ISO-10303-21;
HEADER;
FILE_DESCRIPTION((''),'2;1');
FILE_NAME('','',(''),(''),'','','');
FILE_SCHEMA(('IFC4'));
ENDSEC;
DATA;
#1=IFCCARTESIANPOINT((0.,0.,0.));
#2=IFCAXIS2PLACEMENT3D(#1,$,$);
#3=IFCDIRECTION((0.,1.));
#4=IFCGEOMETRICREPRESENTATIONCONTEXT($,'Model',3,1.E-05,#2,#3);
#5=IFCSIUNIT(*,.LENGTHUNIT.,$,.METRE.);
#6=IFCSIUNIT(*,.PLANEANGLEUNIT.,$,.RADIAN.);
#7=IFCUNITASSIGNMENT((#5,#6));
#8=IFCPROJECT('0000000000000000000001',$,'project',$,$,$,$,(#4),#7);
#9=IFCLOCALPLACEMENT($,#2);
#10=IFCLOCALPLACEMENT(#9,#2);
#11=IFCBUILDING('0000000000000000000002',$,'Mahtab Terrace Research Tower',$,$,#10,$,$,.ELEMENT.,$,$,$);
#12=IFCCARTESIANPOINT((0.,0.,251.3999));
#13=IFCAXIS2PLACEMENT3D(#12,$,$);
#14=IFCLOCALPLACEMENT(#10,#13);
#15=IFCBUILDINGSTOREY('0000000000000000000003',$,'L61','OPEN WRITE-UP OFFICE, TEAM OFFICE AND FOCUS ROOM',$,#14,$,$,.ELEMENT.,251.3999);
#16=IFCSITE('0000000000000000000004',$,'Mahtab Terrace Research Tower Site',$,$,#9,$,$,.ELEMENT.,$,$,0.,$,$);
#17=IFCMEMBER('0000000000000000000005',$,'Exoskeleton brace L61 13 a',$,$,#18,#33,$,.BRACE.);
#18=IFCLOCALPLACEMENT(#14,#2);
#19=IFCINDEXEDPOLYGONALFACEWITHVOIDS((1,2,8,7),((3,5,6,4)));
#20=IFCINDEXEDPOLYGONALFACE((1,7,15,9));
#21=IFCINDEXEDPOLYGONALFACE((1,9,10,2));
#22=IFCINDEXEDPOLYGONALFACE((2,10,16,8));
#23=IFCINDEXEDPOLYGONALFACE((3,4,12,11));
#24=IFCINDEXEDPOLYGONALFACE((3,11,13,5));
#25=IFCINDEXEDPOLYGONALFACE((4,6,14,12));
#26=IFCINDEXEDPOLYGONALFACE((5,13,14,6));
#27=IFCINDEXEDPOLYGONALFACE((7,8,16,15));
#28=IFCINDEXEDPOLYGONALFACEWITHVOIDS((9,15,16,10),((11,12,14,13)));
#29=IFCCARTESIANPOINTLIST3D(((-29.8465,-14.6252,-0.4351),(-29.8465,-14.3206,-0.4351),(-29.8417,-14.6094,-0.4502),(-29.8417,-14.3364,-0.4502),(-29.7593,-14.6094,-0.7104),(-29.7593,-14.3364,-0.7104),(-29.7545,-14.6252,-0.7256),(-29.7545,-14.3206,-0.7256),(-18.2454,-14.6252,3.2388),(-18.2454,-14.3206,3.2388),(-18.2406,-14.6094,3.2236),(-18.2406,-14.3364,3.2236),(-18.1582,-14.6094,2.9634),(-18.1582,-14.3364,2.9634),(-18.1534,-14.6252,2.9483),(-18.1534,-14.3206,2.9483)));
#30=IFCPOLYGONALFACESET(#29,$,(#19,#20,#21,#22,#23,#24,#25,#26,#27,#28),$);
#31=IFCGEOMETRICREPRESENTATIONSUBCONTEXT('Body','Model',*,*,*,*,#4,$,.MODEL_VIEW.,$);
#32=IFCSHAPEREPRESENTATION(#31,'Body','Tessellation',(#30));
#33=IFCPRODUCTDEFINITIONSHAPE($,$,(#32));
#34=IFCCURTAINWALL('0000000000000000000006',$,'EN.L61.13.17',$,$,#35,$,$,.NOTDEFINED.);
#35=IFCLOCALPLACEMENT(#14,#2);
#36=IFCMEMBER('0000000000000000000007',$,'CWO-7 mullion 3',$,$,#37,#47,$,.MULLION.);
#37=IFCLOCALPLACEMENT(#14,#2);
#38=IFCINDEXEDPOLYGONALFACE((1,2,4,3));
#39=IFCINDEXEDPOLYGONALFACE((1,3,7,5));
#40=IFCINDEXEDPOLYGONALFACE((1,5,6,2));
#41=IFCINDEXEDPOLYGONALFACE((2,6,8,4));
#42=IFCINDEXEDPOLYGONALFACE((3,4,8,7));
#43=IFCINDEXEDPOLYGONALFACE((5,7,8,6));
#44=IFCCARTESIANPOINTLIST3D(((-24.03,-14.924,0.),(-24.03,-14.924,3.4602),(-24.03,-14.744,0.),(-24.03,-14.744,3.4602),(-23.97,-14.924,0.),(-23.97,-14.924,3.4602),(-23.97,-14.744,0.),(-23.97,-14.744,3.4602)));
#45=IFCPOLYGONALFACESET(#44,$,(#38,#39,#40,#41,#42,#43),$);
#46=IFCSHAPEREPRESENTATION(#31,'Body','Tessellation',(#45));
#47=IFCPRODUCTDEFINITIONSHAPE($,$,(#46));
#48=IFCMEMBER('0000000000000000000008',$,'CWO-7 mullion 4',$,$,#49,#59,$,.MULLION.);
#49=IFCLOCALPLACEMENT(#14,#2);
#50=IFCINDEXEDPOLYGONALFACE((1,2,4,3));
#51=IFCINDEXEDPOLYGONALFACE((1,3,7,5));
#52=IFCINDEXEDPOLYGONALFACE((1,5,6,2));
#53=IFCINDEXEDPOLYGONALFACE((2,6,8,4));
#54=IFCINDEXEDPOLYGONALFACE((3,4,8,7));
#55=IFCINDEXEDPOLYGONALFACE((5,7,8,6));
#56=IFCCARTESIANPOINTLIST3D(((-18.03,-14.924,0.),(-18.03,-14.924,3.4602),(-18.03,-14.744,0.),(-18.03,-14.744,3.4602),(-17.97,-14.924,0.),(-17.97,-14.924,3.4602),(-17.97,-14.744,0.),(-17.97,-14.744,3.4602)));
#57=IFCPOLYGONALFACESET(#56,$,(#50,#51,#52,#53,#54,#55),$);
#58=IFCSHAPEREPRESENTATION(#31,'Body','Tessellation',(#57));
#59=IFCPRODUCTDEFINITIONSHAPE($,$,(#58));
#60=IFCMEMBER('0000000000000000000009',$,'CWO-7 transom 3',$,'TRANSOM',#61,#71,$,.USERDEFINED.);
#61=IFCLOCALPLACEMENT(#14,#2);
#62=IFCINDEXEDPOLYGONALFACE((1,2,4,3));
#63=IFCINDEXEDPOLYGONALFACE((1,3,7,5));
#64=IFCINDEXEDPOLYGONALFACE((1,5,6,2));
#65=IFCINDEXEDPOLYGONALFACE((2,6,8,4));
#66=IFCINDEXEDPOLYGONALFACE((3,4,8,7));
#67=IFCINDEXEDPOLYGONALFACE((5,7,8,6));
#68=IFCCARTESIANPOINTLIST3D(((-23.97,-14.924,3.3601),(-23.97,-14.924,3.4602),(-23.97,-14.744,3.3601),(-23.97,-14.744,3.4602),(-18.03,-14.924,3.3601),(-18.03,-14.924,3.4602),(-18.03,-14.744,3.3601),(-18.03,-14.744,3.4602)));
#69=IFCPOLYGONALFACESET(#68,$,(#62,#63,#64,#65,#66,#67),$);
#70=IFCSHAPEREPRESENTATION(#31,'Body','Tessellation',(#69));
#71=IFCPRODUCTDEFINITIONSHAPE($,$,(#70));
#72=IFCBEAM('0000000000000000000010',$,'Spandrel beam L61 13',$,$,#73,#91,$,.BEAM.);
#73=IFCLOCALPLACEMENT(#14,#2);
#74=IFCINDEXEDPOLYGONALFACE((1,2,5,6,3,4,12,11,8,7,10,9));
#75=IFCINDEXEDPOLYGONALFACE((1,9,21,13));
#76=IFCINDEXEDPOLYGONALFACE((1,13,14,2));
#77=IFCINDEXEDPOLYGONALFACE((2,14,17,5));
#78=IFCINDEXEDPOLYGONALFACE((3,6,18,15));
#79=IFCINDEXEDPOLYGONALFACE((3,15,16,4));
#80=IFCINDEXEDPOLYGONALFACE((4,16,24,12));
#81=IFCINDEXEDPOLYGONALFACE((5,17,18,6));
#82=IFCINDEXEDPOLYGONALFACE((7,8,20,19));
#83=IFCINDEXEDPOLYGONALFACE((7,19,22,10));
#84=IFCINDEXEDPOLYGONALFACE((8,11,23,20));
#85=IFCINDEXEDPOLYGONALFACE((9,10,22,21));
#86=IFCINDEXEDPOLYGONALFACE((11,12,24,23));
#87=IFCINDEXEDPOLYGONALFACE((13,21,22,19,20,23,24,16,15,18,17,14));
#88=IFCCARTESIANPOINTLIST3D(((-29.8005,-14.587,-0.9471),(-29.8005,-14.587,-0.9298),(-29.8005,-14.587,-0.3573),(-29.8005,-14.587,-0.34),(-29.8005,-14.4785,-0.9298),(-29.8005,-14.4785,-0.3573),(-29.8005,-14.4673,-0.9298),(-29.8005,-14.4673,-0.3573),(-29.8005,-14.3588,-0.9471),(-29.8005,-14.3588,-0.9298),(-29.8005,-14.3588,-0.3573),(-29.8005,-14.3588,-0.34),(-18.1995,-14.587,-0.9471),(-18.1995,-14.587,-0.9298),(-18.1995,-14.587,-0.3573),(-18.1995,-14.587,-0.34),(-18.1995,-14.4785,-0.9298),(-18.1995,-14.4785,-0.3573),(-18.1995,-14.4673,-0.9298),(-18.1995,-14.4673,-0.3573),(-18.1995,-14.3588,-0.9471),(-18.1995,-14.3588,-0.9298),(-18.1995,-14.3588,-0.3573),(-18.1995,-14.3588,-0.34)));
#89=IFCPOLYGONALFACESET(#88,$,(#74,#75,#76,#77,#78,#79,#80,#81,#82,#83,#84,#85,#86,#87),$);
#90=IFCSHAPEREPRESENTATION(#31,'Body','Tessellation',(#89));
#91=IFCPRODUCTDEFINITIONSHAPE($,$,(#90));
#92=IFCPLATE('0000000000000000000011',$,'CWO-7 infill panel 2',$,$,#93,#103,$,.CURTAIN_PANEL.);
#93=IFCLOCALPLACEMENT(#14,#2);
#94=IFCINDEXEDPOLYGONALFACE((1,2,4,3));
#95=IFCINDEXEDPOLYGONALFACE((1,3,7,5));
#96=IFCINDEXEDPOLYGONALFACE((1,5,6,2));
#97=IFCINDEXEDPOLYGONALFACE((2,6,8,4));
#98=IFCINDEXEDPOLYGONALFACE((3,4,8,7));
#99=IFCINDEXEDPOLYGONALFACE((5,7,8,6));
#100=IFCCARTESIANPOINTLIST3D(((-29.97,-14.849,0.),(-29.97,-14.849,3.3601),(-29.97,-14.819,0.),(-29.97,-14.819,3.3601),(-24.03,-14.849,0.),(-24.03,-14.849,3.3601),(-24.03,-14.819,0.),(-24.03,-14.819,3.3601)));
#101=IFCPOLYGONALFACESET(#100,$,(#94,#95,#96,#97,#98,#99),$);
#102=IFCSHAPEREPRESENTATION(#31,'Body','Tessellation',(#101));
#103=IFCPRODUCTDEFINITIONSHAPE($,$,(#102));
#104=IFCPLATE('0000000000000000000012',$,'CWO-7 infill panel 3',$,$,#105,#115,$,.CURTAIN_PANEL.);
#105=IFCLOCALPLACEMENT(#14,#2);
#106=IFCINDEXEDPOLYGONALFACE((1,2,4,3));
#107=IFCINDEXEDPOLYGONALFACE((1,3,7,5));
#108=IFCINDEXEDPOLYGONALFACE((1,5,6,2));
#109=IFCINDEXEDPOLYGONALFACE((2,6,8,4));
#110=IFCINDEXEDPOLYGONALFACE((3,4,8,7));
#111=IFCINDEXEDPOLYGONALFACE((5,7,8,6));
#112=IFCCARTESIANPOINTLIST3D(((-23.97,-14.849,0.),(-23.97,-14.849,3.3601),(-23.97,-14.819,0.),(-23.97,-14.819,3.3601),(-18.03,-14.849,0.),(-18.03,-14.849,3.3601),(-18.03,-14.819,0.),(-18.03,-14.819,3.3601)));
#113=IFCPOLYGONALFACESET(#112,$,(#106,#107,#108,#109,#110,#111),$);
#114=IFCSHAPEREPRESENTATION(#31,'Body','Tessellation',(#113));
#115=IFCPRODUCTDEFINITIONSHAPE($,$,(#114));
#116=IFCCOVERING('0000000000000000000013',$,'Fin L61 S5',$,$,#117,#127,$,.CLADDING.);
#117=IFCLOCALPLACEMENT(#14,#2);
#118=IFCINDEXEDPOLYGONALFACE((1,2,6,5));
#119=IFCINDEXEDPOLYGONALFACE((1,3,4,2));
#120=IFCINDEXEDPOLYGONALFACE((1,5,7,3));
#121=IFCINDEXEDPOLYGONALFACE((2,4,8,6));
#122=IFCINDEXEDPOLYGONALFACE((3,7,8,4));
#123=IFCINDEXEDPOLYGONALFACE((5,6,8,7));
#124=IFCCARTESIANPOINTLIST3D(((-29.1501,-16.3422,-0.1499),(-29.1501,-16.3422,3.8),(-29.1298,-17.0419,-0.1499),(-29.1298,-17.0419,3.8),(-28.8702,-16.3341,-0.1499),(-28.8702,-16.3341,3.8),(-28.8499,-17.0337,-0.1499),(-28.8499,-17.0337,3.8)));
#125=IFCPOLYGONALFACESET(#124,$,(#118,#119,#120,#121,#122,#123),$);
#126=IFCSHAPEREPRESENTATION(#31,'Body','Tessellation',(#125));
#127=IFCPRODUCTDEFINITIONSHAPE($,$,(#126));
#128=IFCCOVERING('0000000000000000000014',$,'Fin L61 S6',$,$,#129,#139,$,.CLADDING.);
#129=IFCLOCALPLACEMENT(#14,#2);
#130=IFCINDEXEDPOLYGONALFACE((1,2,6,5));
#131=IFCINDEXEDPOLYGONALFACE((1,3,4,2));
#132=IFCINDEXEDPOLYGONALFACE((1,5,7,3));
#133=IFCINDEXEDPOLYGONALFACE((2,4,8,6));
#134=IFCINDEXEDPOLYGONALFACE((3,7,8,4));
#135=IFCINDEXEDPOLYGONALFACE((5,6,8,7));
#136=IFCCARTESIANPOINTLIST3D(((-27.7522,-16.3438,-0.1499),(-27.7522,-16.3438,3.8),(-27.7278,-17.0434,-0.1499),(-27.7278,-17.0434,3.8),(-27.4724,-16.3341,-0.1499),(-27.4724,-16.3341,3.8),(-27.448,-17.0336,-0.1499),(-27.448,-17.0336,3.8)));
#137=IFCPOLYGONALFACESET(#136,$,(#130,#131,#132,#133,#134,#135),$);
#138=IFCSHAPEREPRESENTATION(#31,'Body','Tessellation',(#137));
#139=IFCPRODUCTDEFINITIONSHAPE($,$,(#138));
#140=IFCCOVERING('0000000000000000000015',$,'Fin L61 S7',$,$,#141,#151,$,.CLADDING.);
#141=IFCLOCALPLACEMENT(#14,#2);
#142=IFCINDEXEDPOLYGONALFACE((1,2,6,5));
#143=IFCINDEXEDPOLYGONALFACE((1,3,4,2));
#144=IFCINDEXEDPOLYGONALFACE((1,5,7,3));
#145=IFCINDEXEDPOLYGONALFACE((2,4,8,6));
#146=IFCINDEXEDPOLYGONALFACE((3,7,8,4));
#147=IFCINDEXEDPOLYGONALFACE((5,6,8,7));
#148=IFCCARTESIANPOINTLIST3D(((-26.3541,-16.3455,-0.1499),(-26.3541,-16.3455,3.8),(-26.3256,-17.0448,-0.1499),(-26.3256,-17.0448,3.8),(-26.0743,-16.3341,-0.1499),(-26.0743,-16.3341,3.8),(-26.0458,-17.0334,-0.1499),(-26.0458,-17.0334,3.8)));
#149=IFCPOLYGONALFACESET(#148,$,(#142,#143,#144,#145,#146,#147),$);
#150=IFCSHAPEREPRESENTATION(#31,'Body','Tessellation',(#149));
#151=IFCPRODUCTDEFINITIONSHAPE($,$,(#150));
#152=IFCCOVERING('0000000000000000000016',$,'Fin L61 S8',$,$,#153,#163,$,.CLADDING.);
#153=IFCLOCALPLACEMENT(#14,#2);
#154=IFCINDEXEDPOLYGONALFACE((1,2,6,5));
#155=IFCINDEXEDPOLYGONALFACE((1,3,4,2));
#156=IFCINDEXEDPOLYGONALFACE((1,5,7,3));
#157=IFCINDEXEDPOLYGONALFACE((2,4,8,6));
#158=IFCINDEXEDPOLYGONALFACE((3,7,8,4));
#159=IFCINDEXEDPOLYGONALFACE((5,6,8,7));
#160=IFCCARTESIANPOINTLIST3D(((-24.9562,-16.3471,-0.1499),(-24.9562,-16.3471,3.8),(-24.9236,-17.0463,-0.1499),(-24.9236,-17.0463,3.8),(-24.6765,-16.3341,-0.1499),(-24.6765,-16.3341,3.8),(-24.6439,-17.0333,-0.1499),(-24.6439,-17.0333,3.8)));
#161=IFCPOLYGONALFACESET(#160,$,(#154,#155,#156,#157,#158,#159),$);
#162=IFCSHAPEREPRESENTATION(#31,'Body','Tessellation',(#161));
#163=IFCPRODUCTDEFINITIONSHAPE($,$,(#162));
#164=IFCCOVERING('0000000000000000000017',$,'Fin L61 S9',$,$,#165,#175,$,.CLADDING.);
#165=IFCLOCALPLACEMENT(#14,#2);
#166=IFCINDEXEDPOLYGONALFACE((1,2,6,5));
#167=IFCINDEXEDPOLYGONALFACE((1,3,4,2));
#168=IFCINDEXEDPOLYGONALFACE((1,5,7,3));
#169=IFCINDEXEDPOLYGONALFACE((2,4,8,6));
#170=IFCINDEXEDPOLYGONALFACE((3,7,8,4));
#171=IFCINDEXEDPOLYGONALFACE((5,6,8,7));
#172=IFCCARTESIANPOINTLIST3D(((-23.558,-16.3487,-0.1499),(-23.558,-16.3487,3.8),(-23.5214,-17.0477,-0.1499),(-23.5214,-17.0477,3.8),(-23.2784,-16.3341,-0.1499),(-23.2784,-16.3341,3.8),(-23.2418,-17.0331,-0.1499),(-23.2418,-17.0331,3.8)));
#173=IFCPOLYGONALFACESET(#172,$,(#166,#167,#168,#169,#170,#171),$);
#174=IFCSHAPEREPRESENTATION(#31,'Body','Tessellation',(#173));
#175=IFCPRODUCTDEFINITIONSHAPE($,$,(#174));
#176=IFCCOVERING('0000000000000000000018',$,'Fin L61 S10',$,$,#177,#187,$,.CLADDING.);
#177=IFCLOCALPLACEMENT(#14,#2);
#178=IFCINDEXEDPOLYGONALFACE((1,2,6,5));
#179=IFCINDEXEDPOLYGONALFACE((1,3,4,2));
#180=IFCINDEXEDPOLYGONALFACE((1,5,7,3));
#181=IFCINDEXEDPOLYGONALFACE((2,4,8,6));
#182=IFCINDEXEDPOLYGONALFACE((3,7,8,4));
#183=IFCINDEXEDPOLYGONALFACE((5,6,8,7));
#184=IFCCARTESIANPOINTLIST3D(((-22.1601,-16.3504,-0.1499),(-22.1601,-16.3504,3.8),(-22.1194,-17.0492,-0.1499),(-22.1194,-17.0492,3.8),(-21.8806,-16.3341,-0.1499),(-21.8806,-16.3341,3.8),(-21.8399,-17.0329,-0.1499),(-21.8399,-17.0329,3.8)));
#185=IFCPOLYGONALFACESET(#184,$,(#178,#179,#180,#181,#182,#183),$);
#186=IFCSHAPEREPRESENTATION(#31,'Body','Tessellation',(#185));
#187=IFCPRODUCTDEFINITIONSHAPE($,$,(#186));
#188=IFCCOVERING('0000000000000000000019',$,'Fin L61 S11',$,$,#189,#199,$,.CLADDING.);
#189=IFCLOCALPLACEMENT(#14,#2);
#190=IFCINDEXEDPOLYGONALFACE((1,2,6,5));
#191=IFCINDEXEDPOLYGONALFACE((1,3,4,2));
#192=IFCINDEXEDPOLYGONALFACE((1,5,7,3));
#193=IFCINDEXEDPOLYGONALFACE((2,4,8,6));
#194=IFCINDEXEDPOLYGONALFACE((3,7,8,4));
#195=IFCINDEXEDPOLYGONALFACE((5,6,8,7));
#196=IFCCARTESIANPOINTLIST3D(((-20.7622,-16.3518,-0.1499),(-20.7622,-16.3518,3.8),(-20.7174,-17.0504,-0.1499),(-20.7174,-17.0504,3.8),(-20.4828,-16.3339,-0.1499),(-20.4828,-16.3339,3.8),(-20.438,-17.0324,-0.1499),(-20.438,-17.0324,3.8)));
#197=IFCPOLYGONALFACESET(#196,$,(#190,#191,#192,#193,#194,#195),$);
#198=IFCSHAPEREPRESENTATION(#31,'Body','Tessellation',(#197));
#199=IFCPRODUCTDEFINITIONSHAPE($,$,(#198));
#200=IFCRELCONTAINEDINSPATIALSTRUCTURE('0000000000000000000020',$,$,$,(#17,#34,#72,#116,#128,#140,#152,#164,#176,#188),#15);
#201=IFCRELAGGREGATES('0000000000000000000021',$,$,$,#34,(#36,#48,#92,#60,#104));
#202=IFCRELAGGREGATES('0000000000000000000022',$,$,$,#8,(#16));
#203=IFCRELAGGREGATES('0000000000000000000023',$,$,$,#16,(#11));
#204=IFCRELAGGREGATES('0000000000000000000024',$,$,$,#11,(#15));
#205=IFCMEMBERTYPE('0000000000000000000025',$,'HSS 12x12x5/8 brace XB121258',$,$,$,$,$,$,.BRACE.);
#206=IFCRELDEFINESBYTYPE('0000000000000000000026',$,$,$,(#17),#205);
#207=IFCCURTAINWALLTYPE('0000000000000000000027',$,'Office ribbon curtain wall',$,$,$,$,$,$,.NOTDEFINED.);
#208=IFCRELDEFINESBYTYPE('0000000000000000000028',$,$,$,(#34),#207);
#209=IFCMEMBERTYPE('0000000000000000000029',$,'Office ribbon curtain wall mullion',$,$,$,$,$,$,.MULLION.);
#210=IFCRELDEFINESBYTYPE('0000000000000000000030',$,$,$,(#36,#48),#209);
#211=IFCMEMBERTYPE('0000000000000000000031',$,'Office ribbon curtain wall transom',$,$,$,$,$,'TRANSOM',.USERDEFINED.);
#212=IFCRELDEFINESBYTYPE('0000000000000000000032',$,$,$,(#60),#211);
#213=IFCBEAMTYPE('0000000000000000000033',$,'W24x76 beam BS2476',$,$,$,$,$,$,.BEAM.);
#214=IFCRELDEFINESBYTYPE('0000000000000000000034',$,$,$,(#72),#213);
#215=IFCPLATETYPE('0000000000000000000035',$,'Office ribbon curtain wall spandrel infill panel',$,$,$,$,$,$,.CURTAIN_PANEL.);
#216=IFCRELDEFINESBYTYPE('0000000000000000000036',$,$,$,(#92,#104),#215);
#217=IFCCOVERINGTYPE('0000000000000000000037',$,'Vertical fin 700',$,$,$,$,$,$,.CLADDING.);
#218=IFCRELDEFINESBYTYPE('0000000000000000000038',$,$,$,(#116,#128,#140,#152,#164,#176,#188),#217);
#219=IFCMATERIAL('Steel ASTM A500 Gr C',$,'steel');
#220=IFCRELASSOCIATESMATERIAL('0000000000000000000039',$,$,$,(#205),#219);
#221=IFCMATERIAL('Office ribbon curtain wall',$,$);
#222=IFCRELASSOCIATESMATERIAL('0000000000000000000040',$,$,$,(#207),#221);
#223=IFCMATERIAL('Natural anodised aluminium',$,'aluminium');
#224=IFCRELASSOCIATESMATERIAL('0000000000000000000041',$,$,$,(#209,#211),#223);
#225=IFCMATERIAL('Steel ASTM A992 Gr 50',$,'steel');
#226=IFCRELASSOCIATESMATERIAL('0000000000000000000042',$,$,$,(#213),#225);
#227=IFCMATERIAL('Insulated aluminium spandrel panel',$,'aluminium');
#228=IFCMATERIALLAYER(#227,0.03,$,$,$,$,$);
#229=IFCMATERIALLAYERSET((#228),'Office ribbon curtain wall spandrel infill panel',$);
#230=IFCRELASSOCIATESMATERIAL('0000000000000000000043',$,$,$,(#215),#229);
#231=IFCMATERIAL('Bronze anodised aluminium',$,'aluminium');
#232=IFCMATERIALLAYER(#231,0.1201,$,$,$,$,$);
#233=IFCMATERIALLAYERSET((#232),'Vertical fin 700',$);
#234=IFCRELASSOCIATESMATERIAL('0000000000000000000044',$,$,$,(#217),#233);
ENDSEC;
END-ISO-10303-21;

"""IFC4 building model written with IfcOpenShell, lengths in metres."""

from ifc_helpers import new_model, si_unit, direction, frame, origin, origin_2d, place, context, subcontext, project, spatial, rectangle, hollow_rectangle, i_section, extrude, material, layer, layer_set, material_profile, profile_set, type_object, element, aggregate, save


model = new_model("IFC4")

# Units and contexts
model_context = context("Model", 3, precision=1e-05, world=origin(), true_north=direction((0.0, 1.0)))
body_context = subcontext(model_context, "Body", "Model", "MODEL_VIEW")
ifc_project = project(units=[si_unit("LENGTHUNIT", "METRE"), si_unit("PLANEANGLEUNIT", "RADIAN")], contexts=[model_context])

# Site, building, storey
site_placement = place(None, origin())
site = spatial("IfcSite", under=ifc_project, at=site_placement, Name="Mahtab Terrace Research Tower Site", CompositionType="ELEMENT", RefElevation=0.0)
building_placement = place(site_placement, origin())
building = spatial("IfcBuilding", under=site, at=building_placement, Name="Mahtab Terrace Research Tower", CompositionType="ELEMENT")
storey_placement = place(building_placement, frame((0.0, 0.0, 251.3999)))
storey = spatial("IfcBuildingStorey", under=building, at=storey_placement, Name="L61", Description="OPEN WRITE-UP OFFICE, TEAM OFFICE AND FOCUS ROOM", CompositionType="ELEMENT", Elevation=251.3999)

# Member
ifc_material_1 = material(Name="Steel ASTM A500 Gr C", Category="steel")
ifc_material_profile_1 = material_profile(ifc_material_1, hollow_rectangle(XDim=0.3047, YDim=0.3047, WallThickness=0.0159, at=origin_2d()), Name="HSS12X12X5/8")
ifc_profile_set_1 = profile_set([ifc_material_profile_1], Name="Steel ASTM A500 Gr C")
member_type_1 = type_object("IfcMemberType", Name="HSS 12x12x5/8 brace XB121258", PredefinedType="BRACE", material=ifc_profile_set_1)
member_1_placement = place(storey_placement, frame((-29.8005, -14.4729, -0.5803), z_axis=(0.953339, 0.0, 0.301903), x_axis=(0.0, 1.0, 0.0)))
element("IfcMember", 1, at=member_1_placement, inside=storey, type_object=member_type_1, Name="Exoskeleton brace L61 13 a", PredefinedType="BRACE", context=body_context, shape_type="SweptSolid", body=[
    extrude(hollow_rectangle(XDim=0.3047, YDim=0.3047, WallThickness=0.0159, at=origin_2d()), origin(), (0.0, 0.0, 1.0), 12.1689),
])

# Curtain wall, members
ifc_material_2 = material(Name="Office ribbon curtain wall")
curtain_wall_type = type_object("IfcCurtainWallType", Name="Office ribbon curtain wall", PredefinedType="NOTDEFINED", material=ifc_material_2)
curtain_wall_placement = place(storey_placement, origin())
curtain_wall = element("IfcCurtainWall", 2, at=curtain_wall_placement, inside=storey, type_object=curtain_wall_type, Name="EN.L61.13.17", PredefinedType="NOTDEFINED")
ifc_material_3 = material(Name="Natural anodised aluminium", Category="aluminium")
ifc_material_profile_2 = material_profile(ifc_material_3, rectangle(XDim=0.1799, YDim=0.0601, at=origin_2d()), Name="MULLION 60x180")
ifc_profile_set_2 = profile_set([ifc_material_profile_2], Name="Natural anodised aluminium")
member_type_2 = type_object("IfcMemberType", Name="Office ribbon curtain wall mullion", PredefinedType="MULLION", material=ifc_profile_set_2)
member_2_placement = place(storey_placement, frame((-24.0, -14.834, 0.0), z_axis=(0.0, 0.0, 1.0), x_axis=(0.0, 1.0, 0.0)))
member_2 = element("IfcMember", 3, at=member_2_placement, type_object=member_type_2, Name="CWO-7 mullion 3", PredefinedType="MULLION", context=body_context, shape_type="SweptSolid", body=[
    extrude(rectangle(XDim=0.1799, YDim=0.0601, at=origin_2d()), origin(), (0.0, 0.0, 1.0), 3.4602),
])
member_3_placement = place(storey_placement, frame((-18.0, -14.834, 0.0), z_axis=(0.0, 0.0, 1.0), x_axis=(0.0, 1.0, 0.0)))
member_3 = element("IfcMember", 4, at=member_3_placement, type_object=member_type_2, Name="CWO-7 mullion 4", PredefinedType="MULLION", context=body_context, shape_type="SweptSolid", body=[
    extrude(rectangle(XDim=0.1799, YDim=0.0601, at=origin_2d()), origin(), (0.0, 0.0, 1.0), 3.4602),
])
ifc_material_profile_3 = material_profile(ifc_material_3, rectangle(XDim=0.1799, YDim=0.1001, at=origin_2d()), Name="TRANSOM 100x180")
ifc_profile_set_3 = profile_set([ifc_material_profile_3], Name="Natural anodised aluminium")
member_type_3 = type_object("IfcMemberType", Name="Office ribbon curtain wall transom", ElementType="TRANSOM", PredefinedType="USERDEFINED", material=ifc_profile_set_3)
member_4_placement = place(storey_placement, frame((-23.97, -14.834, 3.4102), z_axis=(1.0, 0.0, 0.0), x_axis=(0.0, 1.0, 0.0)))
member_4 = element("IfcMember", 5, at=member_4_placement, type_object=member_type_3, Name="CWO-7 transom 3", ObjectType="TRANSOM", PredefinedType="USERDEFINED", context=body_context, shape_type="SweptSolid", body=[
    extrude(rectangle(XDim=0.1799, YDim=0.1001, at=origin_2d()), origin(), (0.0, 0.0, 1.0), 5.9399),
])

# Beam
ifc_material_4 = material(Name="Steel ASTM A992 Gr 50", Category="steel")
ifc_material_profile_4 = material_profile(ifc_material_4, i_section(OverallWidth=0.2283, OverallDepth=0.6072, WebThickness=0.0112, FlangeThickness=0.0173, at=origin_2d()), Name="W24X76")
ifc_profile_set_4 = profile_set([ifc_material_profile_4], Name="Steel ASTM A992 Gr 50")
beam_type = type_object("IfcBeamType", Name="W24x76 beam BS2476", PredefinedType="BEAM", material=ifc_profile_set_4)
beam_placement = place(storey_placement, frame((-29.8005, -14.4729, -0.6436), z_axis=(1.0, 0.0, 0.0), x_axis=(0.0, 1.0, 0.0)))
element("IfcBeam", 6, at=beam_placement, inside=storey, type_object=beam_type, Name="Spandrel beam L61 13", PredefinedType="BEAM", context=body_context, shape_type="SweptSolid", body=[
    extrude(i_section(OverallWidth=0.2283, OverallDepth=0.6072, WebThickness=0.0112, FlangeThickness=0.0173, at=origin_2d()), origin(), (0.0, 0.0, 1.0), 11.6011),
])

# Plates
ifc_material_5 = material(Name="Insulated aluminium spandrel panel", Category="aluminium")
ifc_layer_1 = layer(ifc_material_5, 0.03)
ifc_layer_set_1 = layer_set([ifc_layer_1], Name="Office ribbon curtain wall spandrel infill panel")
plate_type = type_object("IfcPlateType", Name="Office ribbon curtain wall spandrel infill panel", PredefinedType="CURTAIN_PANEL", material=ifc_layer_set_1)
plate_1_placement = place(storey_placement, frame((-27.0, -14.834, 0.0), z_axis=(0.0, 0.0, 1.0), x_axis=(1.0, 0.0, 0.0)))
plate_1 = element("IfcPlate", 7, at=plate_1_placement, type_object=plate_type, Name="CWO-7 infill panel 2", PredefinedType="CURTAIN_PANEL", context=body_context, shape_type="SweptSolid", body=[
    extrude(rectangle(XDim=5.9399, YDim=0.03, at=origin_2d()), origin(), (0.0, 0.0, 1.0), 3.3601),
])
plate_2_placement = place(storey_placement, frame((-21.0, -14.834, 0.0), z_axis=(0.0, 0.0, 1.0), x_axis=(1.0, 0.0, 0.0)))
plate_2 = element("IfcPlate", 8, at=plate_2_placement, type_object=plate_type, Name="CWO-7 infill panel 3", PredefinedType="CURTAIN_PANEL", context=body_context, shape_type="SweptSolid", body=[
    extrude(rectangle(XDim=5.9399, YDim=0.03, at=origin_2d()), origin(), (0.0, 0.0, 1.0), 3.3601),
])
aggregate(curtain_wall, [member_2, member_3, plate_1, member_4, plate_2])

# Coverings
ifc_material_6 = material(Name="Bronze anodised aluminium", Category="aluminium")
ifc_layer_2 = layer(ifc_material_6, 0.1201)
ifc_layer_set_2 = layer_set([ifc_layer_2], Name="Vertical fin 700")
covering_type = type_object("IfcCoveringType", Name="Vertical fin 700", PredefinedType="CLADDING", material=ifc_layer_set_2)
for number, where, z_axis, x_axis, name in (
    (9, (-29.0, -16.688, -0.1499), (0.0, 0.0, 1.0), (0.999577, 0.029085, 0.0), "Fin L61 S5"),
    (10, (-27.6001, -16.6887, -0.1499), (0.0, 0.0, 1.0), (0.999391, 0.034899, 0.0), "Fin L61 S6"),
    (11, (-26.2, -16.6895, -0.1499), (0.0, 0.0, 1.0), (0.999171, 0.040713, 0.0), "Fin L61 S7"),
    (12, (-24.8, -16.6902, -0.1499), (0.0, 0.0, 1.0), (0.998917, 0.046525, 0.0), "Fin L61 S8"),
    (13, (-23.3999, -16.6909, -0.1499), (0.0, 0.0, 1.0), (0.99863, 0.052336, 0.0), "Fin L61 S9"),
    (14, (-22.0, -16.6917, -0.1499), (0.0, 0.0, 1.0), (0.998308, 0.058145, 0.0), "Fin L61 S10"),
    (15, (-20.6001, -16.6921, -0.1499), (0.0, 0.0, 1.0), (0.997953, 0.063952, 0.0), "Fin L61 S11"),
):
    element("IfcCovering", number, at=place(storey_placement, frame(where, z_axis=z_axis, x_axis=x_axis)), inside=storey, type_object=covering_type, Name=name, PredefinedType="CLADDING", context=body_context, shape_type="SweptSolid", body=[
        extrude(rectangle(XDim=0.28, YDim=0.7, at=origin_2d()), origin(), (0.0, 0.0, 1.0), 3.95),
    ])

save(model, "model.ifc")
